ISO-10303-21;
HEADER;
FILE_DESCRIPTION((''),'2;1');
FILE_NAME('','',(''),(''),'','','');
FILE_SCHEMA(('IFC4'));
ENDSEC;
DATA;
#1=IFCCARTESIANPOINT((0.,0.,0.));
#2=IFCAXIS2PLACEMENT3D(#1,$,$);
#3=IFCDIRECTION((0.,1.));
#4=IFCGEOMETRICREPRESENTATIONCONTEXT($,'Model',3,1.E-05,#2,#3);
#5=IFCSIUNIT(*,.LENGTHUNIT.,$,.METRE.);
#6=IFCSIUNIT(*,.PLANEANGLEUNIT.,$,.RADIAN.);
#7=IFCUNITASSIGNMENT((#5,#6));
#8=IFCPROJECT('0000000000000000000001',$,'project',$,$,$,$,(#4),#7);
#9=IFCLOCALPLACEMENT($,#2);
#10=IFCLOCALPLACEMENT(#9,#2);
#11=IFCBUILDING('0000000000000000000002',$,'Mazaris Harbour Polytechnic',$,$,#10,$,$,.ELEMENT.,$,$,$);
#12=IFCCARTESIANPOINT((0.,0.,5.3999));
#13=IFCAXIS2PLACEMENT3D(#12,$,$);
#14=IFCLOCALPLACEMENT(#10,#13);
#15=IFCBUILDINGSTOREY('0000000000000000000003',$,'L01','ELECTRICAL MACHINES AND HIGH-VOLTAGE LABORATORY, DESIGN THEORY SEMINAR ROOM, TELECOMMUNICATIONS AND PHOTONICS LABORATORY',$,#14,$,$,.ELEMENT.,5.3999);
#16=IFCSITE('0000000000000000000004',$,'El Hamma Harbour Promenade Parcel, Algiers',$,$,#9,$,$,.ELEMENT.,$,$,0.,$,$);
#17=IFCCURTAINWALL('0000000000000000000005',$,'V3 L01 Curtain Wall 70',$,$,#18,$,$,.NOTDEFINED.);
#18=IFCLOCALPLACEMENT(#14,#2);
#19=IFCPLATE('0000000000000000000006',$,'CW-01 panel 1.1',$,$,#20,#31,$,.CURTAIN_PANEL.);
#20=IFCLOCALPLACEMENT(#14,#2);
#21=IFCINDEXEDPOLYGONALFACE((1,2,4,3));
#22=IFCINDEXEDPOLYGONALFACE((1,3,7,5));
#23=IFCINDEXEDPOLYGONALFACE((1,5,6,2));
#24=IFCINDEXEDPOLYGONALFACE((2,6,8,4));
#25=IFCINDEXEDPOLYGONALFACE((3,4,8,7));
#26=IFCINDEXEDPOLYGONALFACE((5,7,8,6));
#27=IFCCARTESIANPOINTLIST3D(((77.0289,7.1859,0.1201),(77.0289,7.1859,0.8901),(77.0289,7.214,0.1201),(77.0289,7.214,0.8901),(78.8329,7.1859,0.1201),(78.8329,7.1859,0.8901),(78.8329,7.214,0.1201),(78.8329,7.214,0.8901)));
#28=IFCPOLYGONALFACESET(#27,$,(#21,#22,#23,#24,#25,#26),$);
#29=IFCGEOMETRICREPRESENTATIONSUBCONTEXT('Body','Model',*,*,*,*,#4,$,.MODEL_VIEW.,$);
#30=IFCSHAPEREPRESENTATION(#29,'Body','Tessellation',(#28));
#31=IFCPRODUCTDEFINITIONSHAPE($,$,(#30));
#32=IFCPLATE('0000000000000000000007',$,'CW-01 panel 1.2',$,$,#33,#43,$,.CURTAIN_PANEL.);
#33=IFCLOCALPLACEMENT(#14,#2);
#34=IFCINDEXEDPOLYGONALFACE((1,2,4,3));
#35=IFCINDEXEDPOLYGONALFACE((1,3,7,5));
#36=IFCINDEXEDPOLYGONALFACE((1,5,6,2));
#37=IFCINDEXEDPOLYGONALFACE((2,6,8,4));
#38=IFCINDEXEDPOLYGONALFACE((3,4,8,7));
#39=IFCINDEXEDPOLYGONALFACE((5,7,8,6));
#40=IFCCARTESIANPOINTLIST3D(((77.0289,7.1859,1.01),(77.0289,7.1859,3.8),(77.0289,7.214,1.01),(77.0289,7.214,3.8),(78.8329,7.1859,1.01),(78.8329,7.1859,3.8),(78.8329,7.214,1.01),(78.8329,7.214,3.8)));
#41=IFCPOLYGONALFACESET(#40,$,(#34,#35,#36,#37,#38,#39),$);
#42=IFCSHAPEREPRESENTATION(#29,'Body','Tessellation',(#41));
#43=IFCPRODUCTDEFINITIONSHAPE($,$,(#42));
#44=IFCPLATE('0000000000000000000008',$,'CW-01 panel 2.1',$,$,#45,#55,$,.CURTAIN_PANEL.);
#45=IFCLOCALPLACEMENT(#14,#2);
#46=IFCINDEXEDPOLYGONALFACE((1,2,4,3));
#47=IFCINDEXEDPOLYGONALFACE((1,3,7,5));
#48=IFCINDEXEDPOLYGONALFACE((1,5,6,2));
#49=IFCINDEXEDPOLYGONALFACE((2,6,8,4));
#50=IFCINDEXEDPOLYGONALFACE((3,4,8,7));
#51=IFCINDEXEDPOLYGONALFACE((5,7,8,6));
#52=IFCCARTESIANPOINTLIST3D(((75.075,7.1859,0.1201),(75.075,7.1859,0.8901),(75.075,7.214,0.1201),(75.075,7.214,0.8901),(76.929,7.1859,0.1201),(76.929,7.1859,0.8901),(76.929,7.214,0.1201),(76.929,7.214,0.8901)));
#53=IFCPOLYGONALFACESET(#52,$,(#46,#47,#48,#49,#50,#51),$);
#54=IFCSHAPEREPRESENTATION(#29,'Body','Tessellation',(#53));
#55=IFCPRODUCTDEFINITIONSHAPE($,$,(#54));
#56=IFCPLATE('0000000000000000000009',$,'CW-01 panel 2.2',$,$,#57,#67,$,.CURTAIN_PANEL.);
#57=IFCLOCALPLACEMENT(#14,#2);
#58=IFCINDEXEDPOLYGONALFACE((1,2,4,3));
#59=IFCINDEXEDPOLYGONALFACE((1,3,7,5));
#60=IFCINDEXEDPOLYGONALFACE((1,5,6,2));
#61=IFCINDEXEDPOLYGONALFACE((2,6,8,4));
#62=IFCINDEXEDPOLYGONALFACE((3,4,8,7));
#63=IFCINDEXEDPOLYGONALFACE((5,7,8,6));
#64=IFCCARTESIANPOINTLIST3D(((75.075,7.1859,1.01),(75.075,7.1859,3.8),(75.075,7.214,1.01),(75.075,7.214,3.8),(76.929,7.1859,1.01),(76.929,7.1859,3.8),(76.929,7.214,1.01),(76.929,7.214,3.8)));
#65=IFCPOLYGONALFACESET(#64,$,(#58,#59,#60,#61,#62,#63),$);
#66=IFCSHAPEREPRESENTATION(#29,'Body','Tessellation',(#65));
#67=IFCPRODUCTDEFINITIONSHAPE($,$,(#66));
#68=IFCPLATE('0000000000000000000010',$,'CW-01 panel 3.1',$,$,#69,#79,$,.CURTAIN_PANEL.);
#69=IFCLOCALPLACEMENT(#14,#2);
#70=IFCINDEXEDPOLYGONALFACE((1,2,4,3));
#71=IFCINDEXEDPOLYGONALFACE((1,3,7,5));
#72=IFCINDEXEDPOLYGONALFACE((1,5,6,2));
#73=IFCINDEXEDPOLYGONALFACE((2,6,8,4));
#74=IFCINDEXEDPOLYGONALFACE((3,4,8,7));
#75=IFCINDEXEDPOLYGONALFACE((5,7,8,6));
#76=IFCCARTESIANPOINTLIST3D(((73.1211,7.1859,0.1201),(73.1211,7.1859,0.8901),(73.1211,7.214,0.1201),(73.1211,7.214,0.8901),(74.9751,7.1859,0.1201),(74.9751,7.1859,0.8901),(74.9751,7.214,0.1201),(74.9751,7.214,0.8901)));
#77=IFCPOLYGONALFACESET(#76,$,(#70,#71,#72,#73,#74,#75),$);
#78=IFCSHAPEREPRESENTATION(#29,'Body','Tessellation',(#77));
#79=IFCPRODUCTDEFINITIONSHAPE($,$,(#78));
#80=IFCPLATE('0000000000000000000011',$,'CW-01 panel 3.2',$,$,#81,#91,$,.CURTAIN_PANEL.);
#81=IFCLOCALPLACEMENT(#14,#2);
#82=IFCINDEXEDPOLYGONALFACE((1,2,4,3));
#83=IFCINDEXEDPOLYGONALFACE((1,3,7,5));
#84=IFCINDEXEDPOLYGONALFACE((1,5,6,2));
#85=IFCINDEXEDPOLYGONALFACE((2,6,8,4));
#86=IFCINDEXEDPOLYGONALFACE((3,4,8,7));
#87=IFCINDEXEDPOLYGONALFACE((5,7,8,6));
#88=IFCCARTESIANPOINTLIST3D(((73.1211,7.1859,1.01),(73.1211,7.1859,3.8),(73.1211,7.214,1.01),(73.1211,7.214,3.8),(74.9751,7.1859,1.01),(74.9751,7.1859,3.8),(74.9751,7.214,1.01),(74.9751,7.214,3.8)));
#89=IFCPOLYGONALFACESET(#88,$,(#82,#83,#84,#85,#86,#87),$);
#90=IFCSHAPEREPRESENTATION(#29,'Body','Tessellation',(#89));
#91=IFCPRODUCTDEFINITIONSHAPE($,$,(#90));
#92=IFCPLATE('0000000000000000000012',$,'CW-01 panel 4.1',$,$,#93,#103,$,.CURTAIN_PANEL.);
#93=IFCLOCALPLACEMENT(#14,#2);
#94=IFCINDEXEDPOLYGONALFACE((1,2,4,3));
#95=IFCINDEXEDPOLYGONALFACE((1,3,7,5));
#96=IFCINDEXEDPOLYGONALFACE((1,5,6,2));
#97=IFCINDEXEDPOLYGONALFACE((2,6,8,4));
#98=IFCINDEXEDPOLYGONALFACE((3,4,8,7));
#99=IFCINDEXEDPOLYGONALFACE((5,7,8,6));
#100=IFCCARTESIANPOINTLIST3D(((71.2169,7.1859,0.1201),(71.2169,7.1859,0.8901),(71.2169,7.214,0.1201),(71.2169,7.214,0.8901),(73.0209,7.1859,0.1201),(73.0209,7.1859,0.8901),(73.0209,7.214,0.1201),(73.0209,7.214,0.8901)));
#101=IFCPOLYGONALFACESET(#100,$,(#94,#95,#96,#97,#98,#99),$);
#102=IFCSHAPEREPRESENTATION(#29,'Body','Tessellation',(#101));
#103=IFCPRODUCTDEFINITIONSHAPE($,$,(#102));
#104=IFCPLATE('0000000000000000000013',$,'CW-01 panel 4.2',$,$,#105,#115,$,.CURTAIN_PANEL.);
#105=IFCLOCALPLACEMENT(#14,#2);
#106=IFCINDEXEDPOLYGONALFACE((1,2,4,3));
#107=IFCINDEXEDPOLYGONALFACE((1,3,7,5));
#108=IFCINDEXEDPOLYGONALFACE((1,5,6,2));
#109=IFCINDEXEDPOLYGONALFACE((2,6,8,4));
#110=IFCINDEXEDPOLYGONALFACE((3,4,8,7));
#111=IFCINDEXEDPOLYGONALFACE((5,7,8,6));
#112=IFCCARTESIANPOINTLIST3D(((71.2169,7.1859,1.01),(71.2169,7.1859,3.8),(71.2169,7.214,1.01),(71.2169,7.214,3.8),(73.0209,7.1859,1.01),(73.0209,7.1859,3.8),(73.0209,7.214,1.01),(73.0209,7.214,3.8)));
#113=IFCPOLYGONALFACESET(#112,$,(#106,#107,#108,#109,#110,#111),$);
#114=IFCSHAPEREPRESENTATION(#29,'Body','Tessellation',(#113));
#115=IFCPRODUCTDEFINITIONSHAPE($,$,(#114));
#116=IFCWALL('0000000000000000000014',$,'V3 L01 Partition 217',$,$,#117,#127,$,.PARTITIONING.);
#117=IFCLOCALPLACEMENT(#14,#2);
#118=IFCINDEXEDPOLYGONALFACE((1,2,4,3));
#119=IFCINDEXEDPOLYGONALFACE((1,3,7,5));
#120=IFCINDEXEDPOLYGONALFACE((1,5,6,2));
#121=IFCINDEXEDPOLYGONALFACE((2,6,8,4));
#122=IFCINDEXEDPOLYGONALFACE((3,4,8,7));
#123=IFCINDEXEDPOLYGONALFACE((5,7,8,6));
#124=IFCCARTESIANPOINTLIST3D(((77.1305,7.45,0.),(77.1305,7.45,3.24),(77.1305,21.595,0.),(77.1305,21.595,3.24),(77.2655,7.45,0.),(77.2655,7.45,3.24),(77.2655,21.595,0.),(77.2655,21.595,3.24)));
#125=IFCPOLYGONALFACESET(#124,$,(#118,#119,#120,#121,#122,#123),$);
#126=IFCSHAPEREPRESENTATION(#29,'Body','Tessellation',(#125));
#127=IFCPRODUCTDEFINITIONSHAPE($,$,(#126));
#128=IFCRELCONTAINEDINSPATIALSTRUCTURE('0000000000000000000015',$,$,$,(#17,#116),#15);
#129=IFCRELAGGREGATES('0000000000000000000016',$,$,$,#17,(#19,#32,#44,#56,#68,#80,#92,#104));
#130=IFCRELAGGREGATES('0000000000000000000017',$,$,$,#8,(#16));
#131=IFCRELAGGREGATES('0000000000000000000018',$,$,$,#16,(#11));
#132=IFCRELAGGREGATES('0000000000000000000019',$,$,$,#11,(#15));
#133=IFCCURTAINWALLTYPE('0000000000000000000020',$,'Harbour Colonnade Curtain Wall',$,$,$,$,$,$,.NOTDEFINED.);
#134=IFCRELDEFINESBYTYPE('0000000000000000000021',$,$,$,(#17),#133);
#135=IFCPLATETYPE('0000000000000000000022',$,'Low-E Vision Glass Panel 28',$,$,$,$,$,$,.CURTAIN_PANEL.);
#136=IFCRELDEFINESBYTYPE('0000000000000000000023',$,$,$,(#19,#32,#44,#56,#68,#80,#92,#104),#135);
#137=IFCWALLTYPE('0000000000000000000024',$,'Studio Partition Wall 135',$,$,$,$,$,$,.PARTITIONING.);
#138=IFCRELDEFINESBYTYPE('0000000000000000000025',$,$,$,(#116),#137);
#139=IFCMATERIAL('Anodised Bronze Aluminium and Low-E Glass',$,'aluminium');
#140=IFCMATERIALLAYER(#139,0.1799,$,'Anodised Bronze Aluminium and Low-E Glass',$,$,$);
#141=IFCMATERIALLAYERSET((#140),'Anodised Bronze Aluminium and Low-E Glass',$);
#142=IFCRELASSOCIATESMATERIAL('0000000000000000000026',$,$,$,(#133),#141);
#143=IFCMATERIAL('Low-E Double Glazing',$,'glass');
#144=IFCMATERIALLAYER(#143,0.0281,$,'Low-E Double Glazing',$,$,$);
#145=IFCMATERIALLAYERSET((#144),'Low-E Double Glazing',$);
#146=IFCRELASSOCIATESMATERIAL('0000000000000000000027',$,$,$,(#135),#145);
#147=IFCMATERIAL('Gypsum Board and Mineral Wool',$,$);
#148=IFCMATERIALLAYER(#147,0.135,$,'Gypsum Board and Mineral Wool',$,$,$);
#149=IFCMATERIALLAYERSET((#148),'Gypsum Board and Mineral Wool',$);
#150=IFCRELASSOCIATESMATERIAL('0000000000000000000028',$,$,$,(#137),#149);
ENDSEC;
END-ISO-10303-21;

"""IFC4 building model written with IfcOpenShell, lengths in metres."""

from ifc_helpers import new_model, si_unit, direction, frame, frame_2d, origin, origin_2d, place, context, subcontext, project, spatial, rectangle, extrude, material, layer, layer_set, type_object, element, aggregate, save


model = new_model("IFC4")

# Units and contexts
model_context = context("Model", 3, precision=1e-05, world=origin(), true_north=direction((0.0, 1.0)))
body_context = subcontext(model_context, "Body", "Model", "MODEL_VIEW")
ifc_project = project(units=[si_unit("LENGTHUNIT", "METRE"), si_unit("PLANEANGLEUNIT", "RADIAN")], contexts=[model_context])

# Site, building, storey
site_placement = place(None, origin())
site = spatial("IfcSite", under=ifc_project, at=site_placement, Name="El Hamma Harbour Promenade Parcel, Algiers", CompositionType="ELEMENT", RefElevation=0.0)
building_placement = place(site_placement, origin())
building = spatial("IfcBuilding", under=site, at=building_placement, Name="Mazaris Harbour Polytechnic", CompositionType="ELEMENT")
storey_placement = place(building_placement, frame((0.0, 0.0, 5.3999)))
storey = spatial("IfcBuildingStorey", under=building, at=storey_placement, Name="L01", Description="ELECTRICAL MACHINES AND HIGH-VOLTAGE LABORATORY, DESIGN THEORY SEMINAR ROOM, TELECOMMUNICATIONS AND PHOTONICS LABORATORY", CompositionType="ELEMENT", Elevation=5.3999)

# Curtain wall
ifc_material_1 = material(Name="Anodised Bronze Aluminium and Low-E Glass", Category="aluminium")
ifc_layer_1 = layer(ifc_material_1, 0.1799, Name="Anodised Bronze Aluminium and Low-E Glass")
ifc_layer_set_1 = layer_set([ifc_layer_1], Name="Anodised Bronze Aluminium and Low-E Glass")
curtain_wall_type = type_object("IfcCurtainWallType", Name="Harbour Colonnade Curtain Wall", PredefinedType="NOTDEFINED", material=ifc_layer_set_1)
curtain_wall_placement = place(storey_placement, origin())
curtain_wall = element("IfcCurtainWall", 1, at=curtain_wall_placement, inside=storey, type_object=curtain_wall_type, Name="V3 L01 Curtain Wall 70", PredefinedType="NOTDEFINED")

# Plates
ifc_material_2 = material(Name="Low-E Double Glazing", Category="glass")
ifc_layer_2 = layer(ifc_material_2, 0.0281, Name="Low-E Double Glazing")
ifc_layer_set_2 = layer_set([ifc_layer_2], Name="Low-E Double Glazing")
plate_type = type_object("IfcPlateType", Name="Low-E Vision Glass Panel 28", PredefinedType="CURTAIN_PANEL", material=ifc_layer_set_2)
plate_1_placement = place(storey_placement, frame((77.9309, 7.2, 0.1201), z_axis=(0.0, 0.0, 1.0), x_axis=(-1.0, 0.0, 0.0)))
plate_1 = element("IfcPlate", 2, at=plate_1_placement, type_object=plate_type, Name="CW-01 panel 1.1", PredefinedType="CURTAIN_PANEL", context=body_context, shape_type="SweptSolid", body=[
    extrude(rectangle(XDim=1.804, YDim=0.0281, at=origin_2d()), origin(), (0.0, 0.0, 1.0), 0.77),
])
plate_2_placement = place(storey_placement, frame((77.9309, 7.2, 1.01), z_axis=(0.0, 0.0, 1.0), x_axis=(-1.0, 0.0, 0.0)))
plate_2 = element("IfcPlate", 3, at=plate_2_placement, type_object=plate_type, Name="CW-01 panel 1.2", PredefinedType="CURTAIN_PANEL", context=body_context, shape_type="SweptSolid", body=[
    extrude(rectangle(XDim=1.804, YDim=0.0281, at=origin_2d()), origin(), (0.0, 0.0, 1.0), 2.79),
])
plate_3_placement = place(storey_placement, frame((76.002, 7.2, 0.1201), z_axis=(0.0, 0.0, 1.0), x_axis=(-1.0, 0.0, 0.0)))
plate_3 = element("IfcPlate", 4, at=plate_3_placement, type_object=plate_type, Name="CW-01 panel 2.1", PredefinedType="CURTAIN_PANEL", context=body_context, shape_type="SweptSolid", body=[
    extrude(rectangle(XDim=1.854, YDim=0.0281, at=origin_2d()), origin(), (0.0, 0.0, 1.0), 0.77),
])
plate_4_placement = place(storey_placement, frame((76.002, 7.2, 1.01), z_axis=(0.0, 0.0, 1.0), x_axis=(-1.0, 0.0, 0.0)))
plate_4 = element("IfcPlate", 5, at=plate_4_placement, type_object=plate_type, Name="CW-01 panel 2.2", PredefinedType="CURTAIN_PANEL", context=body_context, shape_type="SweptSolid", body=[
    extrude(rectangle(XDim=1.854, YDim=0.0281, at=origin_2d()), origin(), (0.0, 0.0, 1.0), 2.79),
])
plate_5_placement = place(storey_placement, frame((74.0481, 7.2, 0.1201), z_axis=(0.0, 0.0, 1.0), x_axis=(-1.0, 0.0, 0.0)))
plate_5 = element("IfcPlate", 6, at=plate_5_placement, type_object=plate_type, Name="CW-01 panel 3.1", PredefinedType="CURTAIN_PANEL", context=body_context, shape_type="SweptSolid", body=[
    extrude(rectangle(XDim=1.854, YDim=0.0281, at=origin_2d()), origin(), (0.0, 0.0, 1.0), 0.77),
])
plate_6_placement = place(storey_placement, frame((74.0481, 7.2, 1.01), z_axis=(0.0, 0.0, 1.0), x_axis=(-1.0, 0.0, 0.0)))
plate_6 = element("IfcPlate", 7, at=plate_6_placement, type_object=plate_type, Name="CW-01 panel 3.2", PredefinedType="CURTAIN_PANEL", context=body_context, shape_type="SweptSolid", body=[
    extrude(rectangle(XDim=1.854, YDim=0.0281, at=origin_2d()), origin(), (0.0, 0.0, 1.0), 2.79),
])
plate_7_placement = place(storey_placement, frame((72.1189, 7.2, 0.1201), z_axis=(0.0, 0.0, 1.0), x_axis=(-1.0, 0.0, 0.0)))
plate_7 = element("IfcPlate", 8, at=plate_7_placement, type_object=plate_type, Name="CW-01 panel 4.1", PredefinedType="CURTAIN_PANEL", context=body_context, shape_type="SweptSolid", body=[
    extrude(rectangle(XDim=1.804, YDim=0.0281, at=origin_2d()), origin(), (0.0, 0.0, 1.0), 0.77),
])
plate_8_placement = place(storey_placement, frame((72.1189, 7.2, 1.01), z_axis=(0.0, 0.0, 1.0), x_axis=(-1.0, 0.0, 0.0)))
plate_8 = element("IfcPlate", 9, at=plate_8_placement, type_object=plate_type, Name="CW-01 panel 4.2", PredefinedType="CURTAIN_PANEL", context=body_context, shape_type="SweptSolid", body=[
    extrude(rectangle(XDim=1.804, YDim=0.0281, at=origin_2d()), origin(), (0.0, 0.0, 1.0), 2.79),
])
aggregate(curtain_wall, [plate_1, plate_2, plate_3, plate_4, plate_5, plate_6, plate_7, plate_8])

# Wall
ifc_material_3 = material(Name="Gypsum Board and Mineral Wool")
ifc_layer_3 = layer(ifc_material_3, 0.135, Name="Gypsum Board and Mineral Wool")
ifc_layer_set_3 = layer_set([ifc_layer_3], Name="Gypsum Board and Mineral Wool")
wall_type = type_object("IfcWallType", Name="Studio Partition Wall 135", PredefinedType="PARTITIONING", material=ifc_layer_set_3)
wall_placement = place(storey_placement, frame((77.198, 7.45, 0.0), z_axis=(0.0, 0.0, 1.0), x_axis=(0.0, 1.0, 0.0)))
element("IfcWall", 10, at=wall_placement, inside=storey, type_object=wall_type, Name="V3 L01 Partition 217", PredefinedType="PARTITIONING", context=body_context, shape_type="SweptSolid", body=[
    extrude(rectangle(XDim=14.145, YDim=0.135, at=frame_2d((7.0725, 0.0))), origin(), (0.0, 0.0, 1.0), 3.24),
])

save(model, "model.ifc")
